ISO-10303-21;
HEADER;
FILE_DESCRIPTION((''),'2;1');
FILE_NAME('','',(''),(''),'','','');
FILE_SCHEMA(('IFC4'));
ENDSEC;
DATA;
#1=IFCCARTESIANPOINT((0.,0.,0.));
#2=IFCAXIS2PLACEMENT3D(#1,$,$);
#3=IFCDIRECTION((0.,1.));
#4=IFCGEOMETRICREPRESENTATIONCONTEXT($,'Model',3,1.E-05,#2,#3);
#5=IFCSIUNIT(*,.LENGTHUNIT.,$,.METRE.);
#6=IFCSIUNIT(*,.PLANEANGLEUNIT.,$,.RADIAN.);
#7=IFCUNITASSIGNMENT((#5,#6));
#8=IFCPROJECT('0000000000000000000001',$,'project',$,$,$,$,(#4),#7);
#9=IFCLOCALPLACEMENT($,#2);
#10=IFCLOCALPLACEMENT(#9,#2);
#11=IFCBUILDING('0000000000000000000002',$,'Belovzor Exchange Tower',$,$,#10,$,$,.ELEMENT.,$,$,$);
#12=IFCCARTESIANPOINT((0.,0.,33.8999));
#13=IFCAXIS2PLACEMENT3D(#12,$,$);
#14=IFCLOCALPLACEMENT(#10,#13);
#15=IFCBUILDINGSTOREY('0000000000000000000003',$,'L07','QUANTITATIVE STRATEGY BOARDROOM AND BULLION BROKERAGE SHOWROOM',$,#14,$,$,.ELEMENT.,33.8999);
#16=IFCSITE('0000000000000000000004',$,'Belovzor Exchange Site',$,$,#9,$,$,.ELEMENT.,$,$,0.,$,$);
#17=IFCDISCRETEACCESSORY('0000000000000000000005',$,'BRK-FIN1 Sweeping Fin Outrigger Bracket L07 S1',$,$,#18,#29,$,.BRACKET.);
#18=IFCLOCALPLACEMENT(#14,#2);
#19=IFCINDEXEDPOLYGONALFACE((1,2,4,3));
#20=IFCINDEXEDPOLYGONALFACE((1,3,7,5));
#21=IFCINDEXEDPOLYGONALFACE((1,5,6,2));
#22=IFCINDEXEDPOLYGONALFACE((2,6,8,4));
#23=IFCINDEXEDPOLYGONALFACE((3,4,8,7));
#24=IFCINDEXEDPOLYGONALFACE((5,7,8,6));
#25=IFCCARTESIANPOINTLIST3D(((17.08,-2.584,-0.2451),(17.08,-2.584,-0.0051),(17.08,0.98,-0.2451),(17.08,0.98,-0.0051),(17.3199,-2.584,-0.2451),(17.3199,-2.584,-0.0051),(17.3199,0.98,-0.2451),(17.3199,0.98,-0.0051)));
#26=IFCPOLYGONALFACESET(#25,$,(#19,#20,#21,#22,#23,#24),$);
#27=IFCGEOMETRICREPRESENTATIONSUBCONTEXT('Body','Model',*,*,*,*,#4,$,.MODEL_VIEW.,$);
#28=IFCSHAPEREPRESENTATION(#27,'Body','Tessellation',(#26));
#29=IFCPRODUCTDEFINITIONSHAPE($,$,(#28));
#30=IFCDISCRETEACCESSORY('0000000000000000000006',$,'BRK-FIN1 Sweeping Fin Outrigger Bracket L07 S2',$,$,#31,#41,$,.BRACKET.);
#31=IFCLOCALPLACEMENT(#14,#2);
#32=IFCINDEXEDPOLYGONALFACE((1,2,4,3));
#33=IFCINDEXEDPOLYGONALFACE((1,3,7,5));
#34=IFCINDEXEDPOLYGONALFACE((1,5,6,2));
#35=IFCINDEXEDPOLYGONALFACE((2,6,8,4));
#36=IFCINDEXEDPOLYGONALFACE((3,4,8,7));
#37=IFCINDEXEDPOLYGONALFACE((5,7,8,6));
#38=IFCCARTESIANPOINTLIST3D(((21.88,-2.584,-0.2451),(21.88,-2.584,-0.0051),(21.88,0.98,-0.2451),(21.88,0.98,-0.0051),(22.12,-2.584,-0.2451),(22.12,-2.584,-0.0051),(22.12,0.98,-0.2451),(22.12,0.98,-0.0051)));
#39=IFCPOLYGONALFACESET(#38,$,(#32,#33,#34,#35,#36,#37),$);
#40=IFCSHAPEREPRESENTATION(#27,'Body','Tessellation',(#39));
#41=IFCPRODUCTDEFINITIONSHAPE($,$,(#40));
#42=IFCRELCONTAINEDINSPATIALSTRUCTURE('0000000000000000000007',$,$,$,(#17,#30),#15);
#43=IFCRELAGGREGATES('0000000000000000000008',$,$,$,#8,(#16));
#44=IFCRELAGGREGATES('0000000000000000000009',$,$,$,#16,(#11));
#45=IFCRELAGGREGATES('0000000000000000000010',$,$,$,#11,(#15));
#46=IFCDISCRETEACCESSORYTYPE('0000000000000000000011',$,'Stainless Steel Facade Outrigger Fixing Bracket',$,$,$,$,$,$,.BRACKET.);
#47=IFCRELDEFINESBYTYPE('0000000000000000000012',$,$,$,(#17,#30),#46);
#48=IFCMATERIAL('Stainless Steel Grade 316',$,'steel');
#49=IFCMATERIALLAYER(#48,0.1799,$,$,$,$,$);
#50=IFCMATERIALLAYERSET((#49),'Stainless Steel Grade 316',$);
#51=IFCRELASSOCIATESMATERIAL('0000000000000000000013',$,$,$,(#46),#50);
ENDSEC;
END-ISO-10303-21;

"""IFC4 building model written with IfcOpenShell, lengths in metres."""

from ifc_helpers import new_model, si_unit, direction, frame, origin, origin_2d, place, context, subcontext, project, spatial, rectangle, extrude, material, layer, layer_set, type_object, element, save


model = new_model("IFC4")

# Units and contexts
model_context = context("Model", 3, precision=1e-05, world=origin(), true_north=direction((0.0, 1.0)))
body_context = subcontext(model_context, "Body", "Model", "MODEL_VIEW")
ifc_project = project(units=[si_unit("LENGTHUNIT", "METRE"), si_unit("PLANEANGLEUNIT", "RADIAN")], contexts=[model_context])

# Site, building, storey
site_placement = place(None, origin())
site = spatial("IfcSite", under=ifc_project, at=site_placement, Name="Belovzor Exchange Site", CompositionType="ELEMENT", RefElevation=0.0)
building_placement = place(site_placement, origin())
building = spatial("IfcBuilding", under=site, at=building_placement, Name="Belovzor Exchange Tower", CompositionType="ELEMENT")
storey_placement = place(building_placement, frame((0.0, 0.0, 33.8999)))
storey = spatial("IfcBuildingStorey", under=building, at=storey_placement, Name="L07", Description="QUANTITATIVE STRATEGY BOARDROOM AND BULLION BROKERAGE SHOWROOM", CompositionType="ELEMENT", Elevation=33.8999)

# Discrete accessories
ifc_material_1 = material(Name="Stainless Steel Grade 316", Category="steel")
ifc_layer_1 = layer(ifc_material_1, 0.1799)
ifc_layer_set_1 = layer_set([ifc_layer_1], Name="Stainless Steel Grade 316")
discrete_accessory_type = type_object("IfcDiscreteAccessoryType", Name="Stainless Steel Facade Outrigger Fixing Bracket", PredefinedType="BRACKET", material=ifc_layer_set_1)
for number, where, z_axis, x_axis, name in (
    (1, (17.2, -0.802, -0.2451), (0.0, 0.0, 1.0), (0.0, 1.0, 0.0), "BRK-FIN1 Sweeping Fin Outrigger Bracket L07 S1"),
    (2, (22.0, -0.802, -0.2451), (0.0, 0.0, 1.0), (0.0, 1.0, 0.0), "BRK-FIN1 Sweeping Fin Outrigger Bracket L07 S2"),
):
    element("IfcDiscreteAccessory", number, at=place(storey_placement, frame(where, z_axis=z_axis, x_axis=x_axis)), inside=storey, type_object=discrete_accessory_type, Name=name, PredefinedType="BRACKET", context=body_context, shape_type="SweptSolid", body=[
        extrude(rectangle(XDim=3.564, YDim=0.24, at=origin_2d()), origin(), (0.0, 0.0, 1.0), 0.24),
    ])

save(model, "model.ifc")
